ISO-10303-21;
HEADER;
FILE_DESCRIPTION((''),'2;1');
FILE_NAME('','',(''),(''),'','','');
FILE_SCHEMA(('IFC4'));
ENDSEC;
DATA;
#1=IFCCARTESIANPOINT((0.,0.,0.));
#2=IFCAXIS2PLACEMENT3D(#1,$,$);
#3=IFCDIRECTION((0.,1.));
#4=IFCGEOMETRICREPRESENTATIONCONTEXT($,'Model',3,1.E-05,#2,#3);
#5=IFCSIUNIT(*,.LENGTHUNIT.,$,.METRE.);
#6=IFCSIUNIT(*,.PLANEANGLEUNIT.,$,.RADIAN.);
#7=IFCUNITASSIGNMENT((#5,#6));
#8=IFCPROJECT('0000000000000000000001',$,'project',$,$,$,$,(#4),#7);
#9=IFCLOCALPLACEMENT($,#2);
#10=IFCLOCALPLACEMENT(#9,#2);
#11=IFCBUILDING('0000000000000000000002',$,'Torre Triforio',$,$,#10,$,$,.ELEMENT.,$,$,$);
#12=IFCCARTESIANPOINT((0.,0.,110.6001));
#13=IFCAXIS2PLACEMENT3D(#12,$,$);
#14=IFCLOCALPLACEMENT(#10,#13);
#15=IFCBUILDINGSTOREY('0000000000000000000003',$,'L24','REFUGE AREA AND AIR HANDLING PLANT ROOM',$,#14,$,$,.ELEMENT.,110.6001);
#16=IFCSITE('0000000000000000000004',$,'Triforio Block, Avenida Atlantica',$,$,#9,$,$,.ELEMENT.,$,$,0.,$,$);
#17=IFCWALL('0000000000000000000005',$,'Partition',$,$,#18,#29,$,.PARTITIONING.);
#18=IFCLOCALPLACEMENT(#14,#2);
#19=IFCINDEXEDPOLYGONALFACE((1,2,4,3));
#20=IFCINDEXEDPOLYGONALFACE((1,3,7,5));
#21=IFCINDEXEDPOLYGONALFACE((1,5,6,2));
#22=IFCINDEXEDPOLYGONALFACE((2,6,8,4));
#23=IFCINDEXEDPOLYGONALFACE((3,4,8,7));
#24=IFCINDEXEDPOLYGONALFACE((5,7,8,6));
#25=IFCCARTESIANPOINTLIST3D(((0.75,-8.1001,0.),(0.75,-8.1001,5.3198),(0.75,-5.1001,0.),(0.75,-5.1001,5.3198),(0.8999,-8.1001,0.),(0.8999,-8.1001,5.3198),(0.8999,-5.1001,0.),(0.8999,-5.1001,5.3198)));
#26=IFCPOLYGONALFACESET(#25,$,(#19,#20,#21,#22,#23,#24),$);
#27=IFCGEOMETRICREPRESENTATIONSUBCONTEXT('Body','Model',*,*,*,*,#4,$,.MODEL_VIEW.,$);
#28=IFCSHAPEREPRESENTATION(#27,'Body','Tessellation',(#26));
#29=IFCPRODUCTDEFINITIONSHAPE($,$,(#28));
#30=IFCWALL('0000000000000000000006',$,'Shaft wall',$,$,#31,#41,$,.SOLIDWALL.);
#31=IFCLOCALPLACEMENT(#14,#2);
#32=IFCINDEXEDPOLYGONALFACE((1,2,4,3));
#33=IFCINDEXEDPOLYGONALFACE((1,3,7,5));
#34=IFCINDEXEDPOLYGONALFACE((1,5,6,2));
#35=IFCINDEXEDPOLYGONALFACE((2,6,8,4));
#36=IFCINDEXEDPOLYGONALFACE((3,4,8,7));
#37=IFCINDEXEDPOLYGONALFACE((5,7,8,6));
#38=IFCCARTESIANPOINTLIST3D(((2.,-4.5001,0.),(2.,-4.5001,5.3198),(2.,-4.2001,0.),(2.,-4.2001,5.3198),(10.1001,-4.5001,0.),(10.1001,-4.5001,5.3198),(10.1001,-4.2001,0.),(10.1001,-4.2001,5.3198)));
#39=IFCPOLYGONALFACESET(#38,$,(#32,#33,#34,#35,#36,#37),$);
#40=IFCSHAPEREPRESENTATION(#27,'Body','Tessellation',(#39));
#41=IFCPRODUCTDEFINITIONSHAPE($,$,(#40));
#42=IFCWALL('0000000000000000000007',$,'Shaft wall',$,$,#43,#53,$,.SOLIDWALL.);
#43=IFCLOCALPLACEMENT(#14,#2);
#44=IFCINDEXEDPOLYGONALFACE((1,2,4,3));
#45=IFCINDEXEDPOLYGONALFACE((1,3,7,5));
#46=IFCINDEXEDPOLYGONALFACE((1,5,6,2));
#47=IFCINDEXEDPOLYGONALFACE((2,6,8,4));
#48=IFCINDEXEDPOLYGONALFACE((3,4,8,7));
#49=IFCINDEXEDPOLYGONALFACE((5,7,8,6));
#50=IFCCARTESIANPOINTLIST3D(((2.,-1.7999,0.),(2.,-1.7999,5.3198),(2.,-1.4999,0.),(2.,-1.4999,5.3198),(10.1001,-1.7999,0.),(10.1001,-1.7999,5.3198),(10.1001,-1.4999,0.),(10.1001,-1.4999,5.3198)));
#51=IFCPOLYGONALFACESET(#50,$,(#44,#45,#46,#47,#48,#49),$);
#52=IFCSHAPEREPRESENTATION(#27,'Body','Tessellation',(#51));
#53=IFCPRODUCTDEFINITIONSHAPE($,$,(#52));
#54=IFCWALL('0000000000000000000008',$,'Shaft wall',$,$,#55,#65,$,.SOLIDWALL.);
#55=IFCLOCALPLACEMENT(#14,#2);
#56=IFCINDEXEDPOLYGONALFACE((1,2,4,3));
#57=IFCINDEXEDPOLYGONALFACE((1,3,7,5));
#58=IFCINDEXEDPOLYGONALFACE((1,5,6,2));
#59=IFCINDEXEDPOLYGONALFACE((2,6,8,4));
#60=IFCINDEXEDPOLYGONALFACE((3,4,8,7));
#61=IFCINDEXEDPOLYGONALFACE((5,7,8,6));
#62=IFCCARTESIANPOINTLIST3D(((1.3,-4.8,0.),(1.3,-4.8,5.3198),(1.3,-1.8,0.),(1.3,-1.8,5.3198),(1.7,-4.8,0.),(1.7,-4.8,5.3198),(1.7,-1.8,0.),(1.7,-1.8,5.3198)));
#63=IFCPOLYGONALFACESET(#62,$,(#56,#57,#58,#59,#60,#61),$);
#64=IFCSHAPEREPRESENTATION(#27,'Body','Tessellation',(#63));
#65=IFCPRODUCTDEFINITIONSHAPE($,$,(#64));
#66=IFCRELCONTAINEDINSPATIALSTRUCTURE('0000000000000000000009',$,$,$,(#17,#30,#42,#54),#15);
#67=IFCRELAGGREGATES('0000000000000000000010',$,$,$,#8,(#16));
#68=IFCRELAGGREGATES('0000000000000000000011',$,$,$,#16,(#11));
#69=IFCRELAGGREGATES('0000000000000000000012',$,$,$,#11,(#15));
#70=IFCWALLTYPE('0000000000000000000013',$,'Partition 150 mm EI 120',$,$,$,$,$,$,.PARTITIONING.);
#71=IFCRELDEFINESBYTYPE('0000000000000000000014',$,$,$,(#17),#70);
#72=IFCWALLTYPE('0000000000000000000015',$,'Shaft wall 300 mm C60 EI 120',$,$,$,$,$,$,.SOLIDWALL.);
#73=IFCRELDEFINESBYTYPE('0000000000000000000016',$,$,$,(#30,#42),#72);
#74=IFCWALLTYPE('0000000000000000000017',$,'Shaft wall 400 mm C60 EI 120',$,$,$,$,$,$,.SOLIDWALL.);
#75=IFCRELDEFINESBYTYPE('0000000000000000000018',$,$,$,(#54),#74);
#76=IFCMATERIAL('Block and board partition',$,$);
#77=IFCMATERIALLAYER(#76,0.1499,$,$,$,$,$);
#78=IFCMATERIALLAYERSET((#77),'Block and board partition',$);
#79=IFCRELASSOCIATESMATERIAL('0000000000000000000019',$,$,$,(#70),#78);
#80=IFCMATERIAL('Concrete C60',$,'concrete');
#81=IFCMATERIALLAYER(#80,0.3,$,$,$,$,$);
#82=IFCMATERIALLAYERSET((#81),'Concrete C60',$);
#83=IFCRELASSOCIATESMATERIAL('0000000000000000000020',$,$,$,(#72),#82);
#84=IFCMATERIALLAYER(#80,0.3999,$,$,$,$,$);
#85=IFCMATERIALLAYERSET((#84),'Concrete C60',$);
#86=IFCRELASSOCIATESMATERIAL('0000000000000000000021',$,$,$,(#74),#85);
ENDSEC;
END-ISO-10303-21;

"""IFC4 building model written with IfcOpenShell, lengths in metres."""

from ifc_helpers import new_model, si_unit, direction, frame, frame_2d, origin, place, context, subcontext, project, spatial, rectangle, extrude, material, layer, layer_set, type_object, element, save


model = new_model("IFC4")

# Units and contexts
model_context = context("Model", 3, precision=1e-05, world=origin(), true_north=direction((0.0, 1.0)))
body_context = subcontext(model_context, "Body", "Model", "MODEL_VIEW")
ifc_project = project(units=[si_unit("LENGTHUNIT", "METRE"), si_unit("PLANEANGLEUNIT", "RADIAN")], contexts=[model_context])

# Site, building, storey
site_placement = place(None, origin())
site = spatial("IfcSite", under=ifc_project, at=site_placement, Name="Triforio Block, Avenida Atlantica", CompositionType="ELEMENT", RefElevation=0.0)
building_placement = place(site_placement, origin())
building = spatial("IfcBuilding", under=site, at=building_placement, Name="Torre Triforio", CompositionType="ELEMENT")
storey_placement = place(building_placement, frame((0.0, 0.0, 110.6001)))
storey = spatial("IfcBuildingStorey", under=building, at=storey_placement, Name="L24", Description="REFUGE AREA AND AIR HANDLING PLANT ROOM", CompositionType="ELEMENT", Elevation=110.6001)

# Shared definitions
ifc_material_1 = material(Name="Concrete C60", Category="concrete")

# Shared definitions
ifc_material_2 = material(Name="Block and board partition")

# Walls
ifc_layer_1 = layer(ifc_material_2, 0.1499)
ifc_layer_set_1 = layer_set([ifc_layer_1], Name="Block and board partition")
wall_type_1 = type_object("IfcWallType", Name="Partition 150 mm EI 120", PredefinedType="PARTITIONING", material=ifc_layer_set_1)
wall_1_placement = place(storey_placement, frame((0.825, -8.1001, 0.0), z_axis=(0.0, 0.0, 1.0), x_axis=(0.0, 1.0, 0.0)))
element("IfcWall", 1, at=wall_1_placement, inside=storey, type_object=wall_type_1, Name="Partition", PredefinedType="PARTITIONING", context=body_context, shape_type="SweptSolid", body=[
    extrude(rectangle(XDim=3.0, YDim=0.1499, at=frame_2d((1.5, 0.0))), origin(), (0.0, 0.0, 1.0), 5.3198),
])
ifc_layer_2 = layer(ifc_material_1, 0.3)
ifc_layer_set_2 = layer_set([ifc_layer_2], Name="Concrete C60")
wall_type_2 = type_object("IfcWallType", Name="Shaft wall 300 mm C60 EI 120", PredefinedType="SOLIDWALL", material=ifc_layer_set_2)
for number, where, z_axis, x_axis, name in (
    (2, (2.0, -4.3501, 0.0), (0.0, 0.0, 1.0), (1.0, 0.0, 0.0), "Shaft wall"),
    (3, (2.0, -1.6499, 0.0), (0.0, 0.0, 1.0), (1.0, 0.0, 0.0), "Shaft wall"),
):
    element("IfcWall", number, at=place(storey_placement, frame(where, z_axis=z_axis, x_axis=x_axis)), inside=storey, type_object=wall_type_2, Name=name, PredefinedType="SOLIDWALL", context=body_context, shape_type="SweptSolid", body=[
        extrude(rectangle(XDim=8.1001, YDim=0.3, at=frame_2d((4.05, 0.0))), origin(), (0.0, 0.0, 1.0), 5.3198),
    ])
ifc_layer_3 = layer(ifc_material_1, 0.3999)
ifc_layer_set_3 = layer_set([ifc_layer_3], Name="Concrete C60")
wall_type_3 = type_object("IfcWallType", Name="Shaft wall 400 mm C60 EI 120", PredefinedType="SOLIDWALL", material=ifc_layer_set_3)
wall_2_placement = place(storey_placement, frame((1.5, -4.8, 0.0), z_axis=(0.0, 0.0, 1.0), x_axis=(0.0, 1.0, 0.0)))
element("IfcWall", 4, at=wall_2_placement, inside=storey, type_object=wall_type_3, Name="Shaft wall", PredefinedType="SOLIDWALL", context=body_context, shape_type="SweptSolid", body=[
    extrude(rectangle(XDim=3.0, YDim=0.3999, at=frame_2d((1.5, 0.0))), origin(), (0.0, 0.0, 1.0), 5.3198),
])

save(model, "model.ifc")
